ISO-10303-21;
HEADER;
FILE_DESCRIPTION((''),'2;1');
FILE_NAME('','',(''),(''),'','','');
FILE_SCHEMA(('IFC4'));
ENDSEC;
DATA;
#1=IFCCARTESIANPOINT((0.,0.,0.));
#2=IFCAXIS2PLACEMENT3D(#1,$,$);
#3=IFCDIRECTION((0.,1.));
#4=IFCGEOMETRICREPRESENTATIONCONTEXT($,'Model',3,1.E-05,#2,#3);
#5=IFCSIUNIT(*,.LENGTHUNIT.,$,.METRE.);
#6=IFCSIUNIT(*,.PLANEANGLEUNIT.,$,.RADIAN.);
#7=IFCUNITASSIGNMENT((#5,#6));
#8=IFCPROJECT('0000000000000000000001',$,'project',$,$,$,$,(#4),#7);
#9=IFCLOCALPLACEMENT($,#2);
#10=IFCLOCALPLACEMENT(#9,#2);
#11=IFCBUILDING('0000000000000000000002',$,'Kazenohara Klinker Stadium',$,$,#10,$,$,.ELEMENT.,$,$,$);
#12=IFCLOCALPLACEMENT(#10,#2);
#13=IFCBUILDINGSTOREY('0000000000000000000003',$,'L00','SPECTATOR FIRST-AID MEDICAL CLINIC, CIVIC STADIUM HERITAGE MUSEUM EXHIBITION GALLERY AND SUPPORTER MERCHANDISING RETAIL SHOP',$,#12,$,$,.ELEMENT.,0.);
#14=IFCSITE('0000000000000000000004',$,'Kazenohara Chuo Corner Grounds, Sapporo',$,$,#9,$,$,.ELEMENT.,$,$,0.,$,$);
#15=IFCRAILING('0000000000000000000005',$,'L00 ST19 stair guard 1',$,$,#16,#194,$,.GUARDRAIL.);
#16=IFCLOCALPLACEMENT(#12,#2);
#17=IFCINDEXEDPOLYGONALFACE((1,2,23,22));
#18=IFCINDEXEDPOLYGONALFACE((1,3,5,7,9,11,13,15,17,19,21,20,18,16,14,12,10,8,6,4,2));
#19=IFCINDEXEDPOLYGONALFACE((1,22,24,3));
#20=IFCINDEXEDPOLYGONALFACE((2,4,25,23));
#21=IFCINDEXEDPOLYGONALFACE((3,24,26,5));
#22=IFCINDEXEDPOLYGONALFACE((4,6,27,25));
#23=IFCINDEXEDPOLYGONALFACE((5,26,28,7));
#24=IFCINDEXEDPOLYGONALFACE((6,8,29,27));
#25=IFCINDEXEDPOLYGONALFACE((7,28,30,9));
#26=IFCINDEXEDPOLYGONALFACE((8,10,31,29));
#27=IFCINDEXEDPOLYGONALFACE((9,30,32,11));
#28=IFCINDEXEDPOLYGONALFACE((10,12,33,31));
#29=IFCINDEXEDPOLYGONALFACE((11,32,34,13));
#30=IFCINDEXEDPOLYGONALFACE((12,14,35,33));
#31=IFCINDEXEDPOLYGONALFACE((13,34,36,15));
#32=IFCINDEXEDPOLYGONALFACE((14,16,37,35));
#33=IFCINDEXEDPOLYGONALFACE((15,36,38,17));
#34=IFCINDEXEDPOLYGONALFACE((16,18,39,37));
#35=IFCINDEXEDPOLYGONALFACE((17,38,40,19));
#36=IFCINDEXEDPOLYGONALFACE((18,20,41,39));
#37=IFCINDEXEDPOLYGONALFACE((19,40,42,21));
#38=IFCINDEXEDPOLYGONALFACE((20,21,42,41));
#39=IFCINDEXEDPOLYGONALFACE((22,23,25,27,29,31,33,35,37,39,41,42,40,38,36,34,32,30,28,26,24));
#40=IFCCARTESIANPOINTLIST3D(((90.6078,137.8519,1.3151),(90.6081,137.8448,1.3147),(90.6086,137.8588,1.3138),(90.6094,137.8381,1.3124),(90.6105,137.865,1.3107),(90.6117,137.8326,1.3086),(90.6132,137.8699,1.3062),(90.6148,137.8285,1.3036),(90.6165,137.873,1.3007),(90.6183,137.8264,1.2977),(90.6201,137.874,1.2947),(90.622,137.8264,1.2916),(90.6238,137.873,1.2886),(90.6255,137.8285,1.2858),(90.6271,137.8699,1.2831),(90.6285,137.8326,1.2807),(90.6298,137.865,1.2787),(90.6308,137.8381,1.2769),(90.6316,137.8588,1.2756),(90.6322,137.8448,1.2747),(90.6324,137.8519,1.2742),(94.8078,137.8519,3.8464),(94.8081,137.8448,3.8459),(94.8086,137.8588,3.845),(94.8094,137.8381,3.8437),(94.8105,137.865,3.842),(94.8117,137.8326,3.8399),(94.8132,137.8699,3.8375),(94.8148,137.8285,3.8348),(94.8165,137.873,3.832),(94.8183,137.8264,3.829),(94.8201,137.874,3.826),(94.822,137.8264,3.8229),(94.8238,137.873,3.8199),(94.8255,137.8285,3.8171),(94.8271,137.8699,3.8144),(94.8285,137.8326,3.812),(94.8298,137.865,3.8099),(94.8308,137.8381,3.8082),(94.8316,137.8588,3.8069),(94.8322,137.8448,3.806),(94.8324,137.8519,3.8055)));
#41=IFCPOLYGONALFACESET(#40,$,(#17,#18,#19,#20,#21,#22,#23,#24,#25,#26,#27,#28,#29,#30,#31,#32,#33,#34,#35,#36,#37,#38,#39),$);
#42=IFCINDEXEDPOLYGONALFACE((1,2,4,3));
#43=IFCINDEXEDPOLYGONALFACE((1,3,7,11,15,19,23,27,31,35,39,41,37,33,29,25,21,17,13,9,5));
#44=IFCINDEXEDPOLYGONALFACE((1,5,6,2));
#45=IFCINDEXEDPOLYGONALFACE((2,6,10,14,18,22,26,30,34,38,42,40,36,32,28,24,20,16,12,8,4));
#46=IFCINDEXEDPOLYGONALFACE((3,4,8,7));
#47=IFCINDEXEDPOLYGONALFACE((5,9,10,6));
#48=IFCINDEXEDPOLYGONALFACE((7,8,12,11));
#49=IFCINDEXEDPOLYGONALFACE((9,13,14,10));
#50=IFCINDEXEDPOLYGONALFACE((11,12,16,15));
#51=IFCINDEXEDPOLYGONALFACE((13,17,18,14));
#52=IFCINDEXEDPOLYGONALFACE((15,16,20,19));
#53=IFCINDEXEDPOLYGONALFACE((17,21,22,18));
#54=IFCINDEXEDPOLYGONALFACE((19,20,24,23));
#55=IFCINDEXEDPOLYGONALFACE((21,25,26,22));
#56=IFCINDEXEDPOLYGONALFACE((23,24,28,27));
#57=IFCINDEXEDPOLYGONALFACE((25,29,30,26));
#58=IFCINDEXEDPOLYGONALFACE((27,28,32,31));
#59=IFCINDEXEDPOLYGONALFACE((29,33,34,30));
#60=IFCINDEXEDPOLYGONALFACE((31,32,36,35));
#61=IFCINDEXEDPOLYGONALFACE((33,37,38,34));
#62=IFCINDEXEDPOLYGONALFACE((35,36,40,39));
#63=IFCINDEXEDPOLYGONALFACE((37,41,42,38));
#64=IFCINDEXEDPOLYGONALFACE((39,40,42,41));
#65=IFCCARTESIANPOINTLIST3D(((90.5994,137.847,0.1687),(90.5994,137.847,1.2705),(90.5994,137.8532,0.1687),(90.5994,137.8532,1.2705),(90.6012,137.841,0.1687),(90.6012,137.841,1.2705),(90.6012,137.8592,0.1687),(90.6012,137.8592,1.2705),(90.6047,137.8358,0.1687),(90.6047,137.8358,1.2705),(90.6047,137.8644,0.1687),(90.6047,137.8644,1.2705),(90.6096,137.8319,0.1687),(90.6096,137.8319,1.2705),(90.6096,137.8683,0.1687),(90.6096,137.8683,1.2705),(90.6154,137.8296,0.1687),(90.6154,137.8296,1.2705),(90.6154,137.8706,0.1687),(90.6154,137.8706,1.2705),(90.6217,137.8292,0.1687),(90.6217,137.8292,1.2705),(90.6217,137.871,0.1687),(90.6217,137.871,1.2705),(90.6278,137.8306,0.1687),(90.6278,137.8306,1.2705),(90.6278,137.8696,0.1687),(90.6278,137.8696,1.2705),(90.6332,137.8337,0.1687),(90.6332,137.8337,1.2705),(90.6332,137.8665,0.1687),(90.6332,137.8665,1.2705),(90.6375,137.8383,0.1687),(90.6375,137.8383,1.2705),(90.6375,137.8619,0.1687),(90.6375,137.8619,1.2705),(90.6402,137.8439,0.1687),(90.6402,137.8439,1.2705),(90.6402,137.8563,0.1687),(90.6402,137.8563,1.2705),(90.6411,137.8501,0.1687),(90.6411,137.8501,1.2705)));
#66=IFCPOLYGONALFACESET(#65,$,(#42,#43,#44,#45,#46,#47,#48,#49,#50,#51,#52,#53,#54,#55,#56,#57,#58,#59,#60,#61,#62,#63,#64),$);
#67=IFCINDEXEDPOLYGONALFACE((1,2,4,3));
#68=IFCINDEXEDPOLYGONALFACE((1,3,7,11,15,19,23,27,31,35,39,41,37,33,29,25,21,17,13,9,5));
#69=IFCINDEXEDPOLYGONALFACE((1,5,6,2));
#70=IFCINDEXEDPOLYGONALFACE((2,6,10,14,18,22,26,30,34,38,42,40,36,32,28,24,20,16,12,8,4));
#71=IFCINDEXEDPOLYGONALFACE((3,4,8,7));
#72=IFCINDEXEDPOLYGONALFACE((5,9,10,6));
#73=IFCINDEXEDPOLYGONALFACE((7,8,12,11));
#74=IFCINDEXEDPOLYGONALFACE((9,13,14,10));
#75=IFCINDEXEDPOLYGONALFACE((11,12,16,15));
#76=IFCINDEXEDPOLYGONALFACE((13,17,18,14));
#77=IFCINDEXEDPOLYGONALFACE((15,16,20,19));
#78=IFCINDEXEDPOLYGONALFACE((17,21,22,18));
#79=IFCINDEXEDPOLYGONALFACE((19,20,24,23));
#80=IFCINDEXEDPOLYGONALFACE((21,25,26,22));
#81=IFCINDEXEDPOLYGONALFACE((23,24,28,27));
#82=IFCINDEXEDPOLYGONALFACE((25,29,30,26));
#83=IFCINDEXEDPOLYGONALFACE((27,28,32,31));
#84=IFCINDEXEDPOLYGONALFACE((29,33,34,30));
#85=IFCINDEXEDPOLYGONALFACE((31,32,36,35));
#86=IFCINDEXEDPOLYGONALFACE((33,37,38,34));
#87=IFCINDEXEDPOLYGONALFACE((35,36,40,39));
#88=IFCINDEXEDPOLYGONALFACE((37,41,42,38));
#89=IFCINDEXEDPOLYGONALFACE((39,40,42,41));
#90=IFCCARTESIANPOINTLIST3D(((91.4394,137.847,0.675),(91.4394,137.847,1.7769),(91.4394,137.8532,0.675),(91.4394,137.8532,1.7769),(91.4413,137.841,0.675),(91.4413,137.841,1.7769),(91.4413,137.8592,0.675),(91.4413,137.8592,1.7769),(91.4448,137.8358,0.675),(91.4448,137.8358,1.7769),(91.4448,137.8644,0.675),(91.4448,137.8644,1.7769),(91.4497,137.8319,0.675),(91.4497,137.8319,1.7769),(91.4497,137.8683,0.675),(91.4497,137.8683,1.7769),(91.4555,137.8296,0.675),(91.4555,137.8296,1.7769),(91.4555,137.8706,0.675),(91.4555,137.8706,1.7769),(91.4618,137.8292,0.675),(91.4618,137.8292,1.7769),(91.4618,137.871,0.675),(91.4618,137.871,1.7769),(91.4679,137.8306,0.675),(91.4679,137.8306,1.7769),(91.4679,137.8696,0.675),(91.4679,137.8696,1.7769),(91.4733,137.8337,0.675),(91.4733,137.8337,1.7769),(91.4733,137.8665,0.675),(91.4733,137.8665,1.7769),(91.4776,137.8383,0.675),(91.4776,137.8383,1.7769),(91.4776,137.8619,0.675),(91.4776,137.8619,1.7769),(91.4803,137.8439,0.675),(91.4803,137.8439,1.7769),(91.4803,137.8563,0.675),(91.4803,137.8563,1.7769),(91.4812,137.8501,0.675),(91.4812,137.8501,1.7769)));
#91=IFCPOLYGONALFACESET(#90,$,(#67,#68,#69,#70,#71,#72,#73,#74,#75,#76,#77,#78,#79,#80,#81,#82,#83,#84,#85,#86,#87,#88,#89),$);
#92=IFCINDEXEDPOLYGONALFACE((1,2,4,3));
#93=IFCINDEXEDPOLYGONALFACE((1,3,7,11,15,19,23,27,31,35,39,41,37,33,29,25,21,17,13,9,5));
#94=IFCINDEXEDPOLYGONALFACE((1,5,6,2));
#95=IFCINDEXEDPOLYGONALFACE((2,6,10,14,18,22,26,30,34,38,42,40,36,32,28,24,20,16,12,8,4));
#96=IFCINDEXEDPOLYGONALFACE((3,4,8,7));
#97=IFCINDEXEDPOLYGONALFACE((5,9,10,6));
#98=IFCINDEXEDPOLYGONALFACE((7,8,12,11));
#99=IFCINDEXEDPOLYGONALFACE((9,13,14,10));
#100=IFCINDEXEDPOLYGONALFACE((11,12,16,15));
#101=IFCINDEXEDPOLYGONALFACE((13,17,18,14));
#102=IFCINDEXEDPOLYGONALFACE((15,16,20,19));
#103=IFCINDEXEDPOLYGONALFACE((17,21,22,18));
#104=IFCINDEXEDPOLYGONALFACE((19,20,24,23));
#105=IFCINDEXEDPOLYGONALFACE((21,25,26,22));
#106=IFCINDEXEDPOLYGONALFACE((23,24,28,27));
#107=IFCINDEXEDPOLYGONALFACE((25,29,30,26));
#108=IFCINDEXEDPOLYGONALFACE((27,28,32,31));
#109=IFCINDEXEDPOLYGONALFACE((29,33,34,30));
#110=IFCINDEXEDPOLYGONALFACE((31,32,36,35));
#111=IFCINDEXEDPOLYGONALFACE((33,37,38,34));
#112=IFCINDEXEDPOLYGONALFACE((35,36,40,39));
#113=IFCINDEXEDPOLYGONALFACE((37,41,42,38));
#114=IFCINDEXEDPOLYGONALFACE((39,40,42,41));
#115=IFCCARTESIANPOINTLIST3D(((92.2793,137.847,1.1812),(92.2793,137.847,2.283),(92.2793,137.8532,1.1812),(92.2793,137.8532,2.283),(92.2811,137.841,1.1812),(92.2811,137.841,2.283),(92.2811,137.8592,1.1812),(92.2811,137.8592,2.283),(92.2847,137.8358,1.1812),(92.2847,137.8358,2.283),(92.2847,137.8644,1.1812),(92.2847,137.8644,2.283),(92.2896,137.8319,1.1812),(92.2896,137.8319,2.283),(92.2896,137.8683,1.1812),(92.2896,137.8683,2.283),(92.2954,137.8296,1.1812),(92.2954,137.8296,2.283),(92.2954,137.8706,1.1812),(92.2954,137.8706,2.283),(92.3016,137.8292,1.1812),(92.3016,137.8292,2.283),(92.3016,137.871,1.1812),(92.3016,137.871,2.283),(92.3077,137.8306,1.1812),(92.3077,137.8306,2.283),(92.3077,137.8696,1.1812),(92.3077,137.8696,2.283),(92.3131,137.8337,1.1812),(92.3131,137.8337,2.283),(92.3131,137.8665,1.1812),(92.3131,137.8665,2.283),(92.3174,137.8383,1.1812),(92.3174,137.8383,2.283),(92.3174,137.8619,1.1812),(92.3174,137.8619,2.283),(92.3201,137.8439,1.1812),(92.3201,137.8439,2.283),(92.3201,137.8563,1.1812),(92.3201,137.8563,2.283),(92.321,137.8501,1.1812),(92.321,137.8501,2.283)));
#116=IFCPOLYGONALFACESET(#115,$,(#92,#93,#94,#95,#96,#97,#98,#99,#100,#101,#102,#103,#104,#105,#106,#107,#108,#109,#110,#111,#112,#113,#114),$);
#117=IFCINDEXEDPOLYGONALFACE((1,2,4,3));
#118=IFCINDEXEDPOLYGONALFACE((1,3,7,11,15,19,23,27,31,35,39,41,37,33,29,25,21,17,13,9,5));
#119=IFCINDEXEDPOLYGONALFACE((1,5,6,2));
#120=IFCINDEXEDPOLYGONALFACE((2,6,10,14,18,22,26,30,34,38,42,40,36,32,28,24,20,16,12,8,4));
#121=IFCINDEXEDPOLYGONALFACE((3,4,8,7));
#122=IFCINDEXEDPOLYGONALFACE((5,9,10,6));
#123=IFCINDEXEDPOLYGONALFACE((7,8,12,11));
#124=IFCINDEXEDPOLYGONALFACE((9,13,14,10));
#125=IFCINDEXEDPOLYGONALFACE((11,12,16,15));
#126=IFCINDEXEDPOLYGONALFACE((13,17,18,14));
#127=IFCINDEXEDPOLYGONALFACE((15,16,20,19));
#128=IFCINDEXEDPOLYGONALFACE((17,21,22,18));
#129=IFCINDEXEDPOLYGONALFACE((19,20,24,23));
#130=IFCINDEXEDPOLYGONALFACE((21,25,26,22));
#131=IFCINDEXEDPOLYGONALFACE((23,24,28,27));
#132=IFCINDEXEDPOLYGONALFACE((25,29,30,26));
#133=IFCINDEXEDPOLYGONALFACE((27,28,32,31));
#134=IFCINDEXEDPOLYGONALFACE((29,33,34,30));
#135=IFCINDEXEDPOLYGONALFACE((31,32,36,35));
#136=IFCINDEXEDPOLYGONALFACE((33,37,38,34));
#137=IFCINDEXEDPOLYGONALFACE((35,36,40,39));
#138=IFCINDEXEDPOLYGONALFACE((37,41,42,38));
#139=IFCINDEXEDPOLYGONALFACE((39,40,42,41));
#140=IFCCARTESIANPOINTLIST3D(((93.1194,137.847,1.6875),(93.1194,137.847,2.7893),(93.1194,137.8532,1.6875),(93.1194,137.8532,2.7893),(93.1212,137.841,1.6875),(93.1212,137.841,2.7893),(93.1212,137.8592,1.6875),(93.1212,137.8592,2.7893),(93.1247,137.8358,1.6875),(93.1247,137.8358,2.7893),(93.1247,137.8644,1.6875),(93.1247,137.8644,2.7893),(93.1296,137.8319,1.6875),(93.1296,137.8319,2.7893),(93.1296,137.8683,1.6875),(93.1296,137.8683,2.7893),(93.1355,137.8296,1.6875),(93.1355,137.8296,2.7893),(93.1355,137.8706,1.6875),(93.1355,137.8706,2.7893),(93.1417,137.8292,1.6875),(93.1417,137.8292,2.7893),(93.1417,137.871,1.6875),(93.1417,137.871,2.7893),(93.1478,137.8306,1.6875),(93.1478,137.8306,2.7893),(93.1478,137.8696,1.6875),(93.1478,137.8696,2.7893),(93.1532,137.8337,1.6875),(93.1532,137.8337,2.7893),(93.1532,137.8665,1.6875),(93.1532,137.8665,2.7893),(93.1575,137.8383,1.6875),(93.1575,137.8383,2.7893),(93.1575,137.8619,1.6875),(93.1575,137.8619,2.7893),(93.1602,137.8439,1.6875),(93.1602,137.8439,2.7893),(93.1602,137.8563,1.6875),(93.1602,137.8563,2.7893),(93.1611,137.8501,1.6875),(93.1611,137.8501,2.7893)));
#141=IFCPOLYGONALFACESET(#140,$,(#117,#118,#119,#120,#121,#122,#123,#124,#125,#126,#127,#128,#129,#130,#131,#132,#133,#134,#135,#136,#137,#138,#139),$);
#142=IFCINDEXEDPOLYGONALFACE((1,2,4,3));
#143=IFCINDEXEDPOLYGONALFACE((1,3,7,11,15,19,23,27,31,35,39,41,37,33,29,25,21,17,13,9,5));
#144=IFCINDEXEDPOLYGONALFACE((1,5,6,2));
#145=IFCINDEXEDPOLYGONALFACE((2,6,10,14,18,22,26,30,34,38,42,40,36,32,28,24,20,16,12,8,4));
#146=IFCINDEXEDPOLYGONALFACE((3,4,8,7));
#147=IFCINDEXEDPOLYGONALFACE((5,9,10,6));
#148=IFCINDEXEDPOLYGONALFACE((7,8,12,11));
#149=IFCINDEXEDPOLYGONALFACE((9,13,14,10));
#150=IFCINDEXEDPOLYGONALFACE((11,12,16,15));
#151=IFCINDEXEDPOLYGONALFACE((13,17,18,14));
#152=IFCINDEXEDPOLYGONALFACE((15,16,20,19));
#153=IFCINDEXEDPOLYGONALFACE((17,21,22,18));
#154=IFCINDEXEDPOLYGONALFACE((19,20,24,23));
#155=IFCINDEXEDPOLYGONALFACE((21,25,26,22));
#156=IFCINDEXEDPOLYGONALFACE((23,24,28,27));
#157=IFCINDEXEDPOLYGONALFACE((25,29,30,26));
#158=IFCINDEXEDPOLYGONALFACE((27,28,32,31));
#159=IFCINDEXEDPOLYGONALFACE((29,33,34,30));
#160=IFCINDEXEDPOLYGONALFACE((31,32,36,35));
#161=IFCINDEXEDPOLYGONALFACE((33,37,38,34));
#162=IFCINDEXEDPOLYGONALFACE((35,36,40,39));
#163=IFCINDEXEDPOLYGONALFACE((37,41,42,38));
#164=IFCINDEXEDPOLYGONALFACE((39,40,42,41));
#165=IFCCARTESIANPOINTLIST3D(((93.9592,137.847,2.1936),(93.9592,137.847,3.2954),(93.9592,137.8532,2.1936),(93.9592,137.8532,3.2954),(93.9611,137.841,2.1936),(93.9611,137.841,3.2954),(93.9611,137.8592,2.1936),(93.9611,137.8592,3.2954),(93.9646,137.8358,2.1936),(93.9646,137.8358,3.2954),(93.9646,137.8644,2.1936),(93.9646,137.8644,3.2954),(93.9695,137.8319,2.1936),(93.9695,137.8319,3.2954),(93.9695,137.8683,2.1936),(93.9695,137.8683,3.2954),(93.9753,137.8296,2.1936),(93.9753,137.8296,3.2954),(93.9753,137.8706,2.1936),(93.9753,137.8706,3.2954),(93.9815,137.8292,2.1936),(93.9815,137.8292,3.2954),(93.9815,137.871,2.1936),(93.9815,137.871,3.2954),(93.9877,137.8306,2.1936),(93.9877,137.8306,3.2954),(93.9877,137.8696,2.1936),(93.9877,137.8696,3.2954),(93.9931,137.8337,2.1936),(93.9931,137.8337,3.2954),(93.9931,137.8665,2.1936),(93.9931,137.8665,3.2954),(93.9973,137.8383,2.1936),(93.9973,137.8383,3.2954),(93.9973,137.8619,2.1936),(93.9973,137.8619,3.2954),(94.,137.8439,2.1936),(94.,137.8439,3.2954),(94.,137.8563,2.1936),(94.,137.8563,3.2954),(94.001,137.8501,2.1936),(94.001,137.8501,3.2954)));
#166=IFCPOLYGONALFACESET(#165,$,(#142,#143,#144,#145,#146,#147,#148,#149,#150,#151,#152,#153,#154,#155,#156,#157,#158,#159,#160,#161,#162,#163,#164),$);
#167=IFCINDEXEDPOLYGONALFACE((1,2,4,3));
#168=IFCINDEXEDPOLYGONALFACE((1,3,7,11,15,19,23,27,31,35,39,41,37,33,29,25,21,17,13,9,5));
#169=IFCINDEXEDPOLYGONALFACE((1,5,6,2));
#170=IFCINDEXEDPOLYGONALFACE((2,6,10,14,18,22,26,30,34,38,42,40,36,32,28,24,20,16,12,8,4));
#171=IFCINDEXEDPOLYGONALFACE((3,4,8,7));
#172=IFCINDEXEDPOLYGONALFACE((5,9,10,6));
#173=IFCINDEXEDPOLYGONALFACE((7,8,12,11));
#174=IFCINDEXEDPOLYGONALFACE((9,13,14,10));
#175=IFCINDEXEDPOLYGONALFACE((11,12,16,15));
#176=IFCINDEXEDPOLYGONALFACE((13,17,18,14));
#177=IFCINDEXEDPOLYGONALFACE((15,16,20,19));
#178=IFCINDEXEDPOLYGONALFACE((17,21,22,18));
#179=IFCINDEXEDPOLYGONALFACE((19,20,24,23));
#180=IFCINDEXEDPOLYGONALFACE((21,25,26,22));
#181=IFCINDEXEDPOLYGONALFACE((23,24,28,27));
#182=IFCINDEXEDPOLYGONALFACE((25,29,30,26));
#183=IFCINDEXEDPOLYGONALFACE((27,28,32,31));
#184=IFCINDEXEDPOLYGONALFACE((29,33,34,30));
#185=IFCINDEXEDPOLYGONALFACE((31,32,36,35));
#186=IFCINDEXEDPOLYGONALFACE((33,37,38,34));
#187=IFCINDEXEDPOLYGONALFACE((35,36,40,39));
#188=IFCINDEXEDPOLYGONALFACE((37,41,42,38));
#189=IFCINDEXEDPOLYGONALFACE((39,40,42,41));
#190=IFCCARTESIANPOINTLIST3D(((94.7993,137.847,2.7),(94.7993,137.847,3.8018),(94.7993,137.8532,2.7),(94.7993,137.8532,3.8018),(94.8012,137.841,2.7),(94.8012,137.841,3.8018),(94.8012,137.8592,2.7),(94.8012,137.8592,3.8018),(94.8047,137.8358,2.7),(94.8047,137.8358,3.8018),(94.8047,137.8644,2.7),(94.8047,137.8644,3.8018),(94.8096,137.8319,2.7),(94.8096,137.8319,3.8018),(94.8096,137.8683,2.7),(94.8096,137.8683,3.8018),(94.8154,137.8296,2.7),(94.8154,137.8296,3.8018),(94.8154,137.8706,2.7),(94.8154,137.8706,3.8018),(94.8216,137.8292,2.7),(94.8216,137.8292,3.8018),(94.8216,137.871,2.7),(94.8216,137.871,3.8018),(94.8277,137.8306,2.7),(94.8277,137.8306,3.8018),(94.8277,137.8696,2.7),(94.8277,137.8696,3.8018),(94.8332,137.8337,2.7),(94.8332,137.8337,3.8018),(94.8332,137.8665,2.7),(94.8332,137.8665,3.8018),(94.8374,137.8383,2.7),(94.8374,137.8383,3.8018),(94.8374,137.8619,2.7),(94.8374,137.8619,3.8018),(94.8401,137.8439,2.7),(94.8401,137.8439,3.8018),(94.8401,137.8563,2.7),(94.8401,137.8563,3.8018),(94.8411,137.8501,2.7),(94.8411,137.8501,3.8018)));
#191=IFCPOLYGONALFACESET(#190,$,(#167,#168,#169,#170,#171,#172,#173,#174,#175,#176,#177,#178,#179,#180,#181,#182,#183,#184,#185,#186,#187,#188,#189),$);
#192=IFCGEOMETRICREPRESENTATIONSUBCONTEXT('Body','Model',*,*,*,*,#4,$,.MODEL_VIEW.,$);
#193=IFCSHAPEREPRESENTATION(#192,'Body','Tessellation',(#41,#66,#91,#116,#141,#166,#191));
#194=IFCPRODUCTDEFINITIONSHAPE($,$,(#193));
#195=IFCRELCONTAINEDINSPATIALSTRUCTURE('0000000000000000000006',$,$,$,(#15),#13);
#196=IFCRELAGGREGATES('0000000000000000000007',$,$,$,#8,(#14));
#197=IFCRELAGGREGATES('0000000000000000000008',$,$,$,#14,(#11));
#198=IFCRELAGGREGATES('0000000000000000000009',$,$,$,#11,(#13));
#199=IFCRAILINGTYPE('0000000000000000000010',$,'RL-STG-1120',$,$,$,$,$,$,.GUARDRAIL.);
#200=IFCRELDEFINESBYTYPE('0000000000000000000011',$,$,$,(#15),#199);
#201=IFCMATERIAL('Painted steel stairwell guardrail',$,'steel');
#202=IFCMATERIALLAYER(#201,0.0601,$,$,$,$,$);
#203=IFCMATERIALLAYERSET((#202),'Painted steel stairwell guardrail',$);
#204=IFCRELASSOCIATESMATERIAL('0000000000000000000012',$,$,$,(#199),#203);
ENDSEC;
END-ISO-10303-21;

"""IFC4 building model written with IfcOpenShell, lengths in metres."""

from ifc_helpers import new_model, si_unit, direction, frame, origin, origin_2d, place, context, subcontext, project, spatial, circle, extrude, material, layer, layer_set, type_object, element, save


model = new_model("IFC4")

# Units and contexts
model_context = context("Model", 3, precision=1e-05, world=origin(), true_north=direction((0.0, 1.0)))
body_context = subcontext(model_context, "Body", "Model", "MODEL_VIEW")
ifc_project = project(units=[si_unit("LENGTHUNIT", "METRE"), si_unit("PLANEANGLEUNIT", "RADIAN")], contexts=[model_context])

# Site, building, storey
site_placement = place(None, origin())
site = spatial("IfcSite", under=ifc_project, at=site_placement, Name="Kazenohara Chuo Corner Grounds, Sapporo", CompositionType="ELEMENT", RefElevation=0.0)
building_placement = place(site_placement, origin())
building = spatial("IfcBuilding", under=site, at=building_placement, Name="Kazenohara Klinker Stadium", CompositionType="ELEMENT")
storey_placement = place(building_placement, origin())
storey = spatial("IfcBuildingStorey", under=building, at=storey_placement, Name="L00", Description="SPECTATOR FIRST-AID MEDICAL CLINIC, CIVIC STADIUM HERITAGE MUSEUM EXHIBITION GALLERY AND SUPPORTER MERCHANDISING RETAIL SHOP", CompositionType="ELEMENT", Elevation=0.0)

# Railing
ifc_material_1 = material(Name="Painted steel stairwell guardrail", Category="steel")
ifc_layer_1 = layer(ifc_material_1, 0.0601)
ifc_layer_set_1 = layer_set([ifc_layer_1], Name="Painted steel stairwell guardrail")
railing_type_1 = type_object("IfcRailingType", Name="RL-STG-1120", PredefinedType="GUARDRAIL", material=ifc_layer_set_1)
railing_1_placement = place(storey_placement, frame((90.6201, 137.8501, 0.1687)))
element("IfcRailing", 1, at=railing_1_placement, inside=storey, type_object=railing_type_1, Name="L00 ST19 stair guard 1", PredefinedType="GUARDRAIL", context=body_context, shape_type="SweptSolid", body=[
    extrude(circle(Radius=0.0239, at=origin_2d()), frame((0.0, 0.0, 1.126), z_axis=(0.856476, 0.0, 0.516186), x_axis=(0.0, 1.0, 0.0)), (0.0, 0.0, 1.0), 4.9038),
    extrude(circle(Radius=0.021, at=origin_2d()), origin(), (0.0, 0.0, 1.0), 1.1018),
    extrude(circle(Radius=0.021, at=origin_2d()), frame((0.8401, 0.0, 0.5063)), (0.0, 0.0, 1.0), 1.1018),
    extrude(circle(Radius=0.021, at=origin_2d()), frame((1.6799, 0.0, 1.0125)), (0.0, 0.0, 1.0), 1.1018),
    extrude(circle(Radius=0.021, at=origin_2d()), frame((2.52, 0.0, 1.5188)), (0.0, 0.0, 1.0), 1.1018),
    extrude(circle(Radius=0.021, at=origin_2d()), frame((3.3599, 0.0, 2.0249)), (0.0, 0.0, 1.0), 1.1018),
    extrude(circle(Radius=0.021, at=origin_2d()), frame((4.2, 0.0, 2.5312)), (0.0, 0.0, 1.0), 1.1018),
])

save(model, "model.ifc")
